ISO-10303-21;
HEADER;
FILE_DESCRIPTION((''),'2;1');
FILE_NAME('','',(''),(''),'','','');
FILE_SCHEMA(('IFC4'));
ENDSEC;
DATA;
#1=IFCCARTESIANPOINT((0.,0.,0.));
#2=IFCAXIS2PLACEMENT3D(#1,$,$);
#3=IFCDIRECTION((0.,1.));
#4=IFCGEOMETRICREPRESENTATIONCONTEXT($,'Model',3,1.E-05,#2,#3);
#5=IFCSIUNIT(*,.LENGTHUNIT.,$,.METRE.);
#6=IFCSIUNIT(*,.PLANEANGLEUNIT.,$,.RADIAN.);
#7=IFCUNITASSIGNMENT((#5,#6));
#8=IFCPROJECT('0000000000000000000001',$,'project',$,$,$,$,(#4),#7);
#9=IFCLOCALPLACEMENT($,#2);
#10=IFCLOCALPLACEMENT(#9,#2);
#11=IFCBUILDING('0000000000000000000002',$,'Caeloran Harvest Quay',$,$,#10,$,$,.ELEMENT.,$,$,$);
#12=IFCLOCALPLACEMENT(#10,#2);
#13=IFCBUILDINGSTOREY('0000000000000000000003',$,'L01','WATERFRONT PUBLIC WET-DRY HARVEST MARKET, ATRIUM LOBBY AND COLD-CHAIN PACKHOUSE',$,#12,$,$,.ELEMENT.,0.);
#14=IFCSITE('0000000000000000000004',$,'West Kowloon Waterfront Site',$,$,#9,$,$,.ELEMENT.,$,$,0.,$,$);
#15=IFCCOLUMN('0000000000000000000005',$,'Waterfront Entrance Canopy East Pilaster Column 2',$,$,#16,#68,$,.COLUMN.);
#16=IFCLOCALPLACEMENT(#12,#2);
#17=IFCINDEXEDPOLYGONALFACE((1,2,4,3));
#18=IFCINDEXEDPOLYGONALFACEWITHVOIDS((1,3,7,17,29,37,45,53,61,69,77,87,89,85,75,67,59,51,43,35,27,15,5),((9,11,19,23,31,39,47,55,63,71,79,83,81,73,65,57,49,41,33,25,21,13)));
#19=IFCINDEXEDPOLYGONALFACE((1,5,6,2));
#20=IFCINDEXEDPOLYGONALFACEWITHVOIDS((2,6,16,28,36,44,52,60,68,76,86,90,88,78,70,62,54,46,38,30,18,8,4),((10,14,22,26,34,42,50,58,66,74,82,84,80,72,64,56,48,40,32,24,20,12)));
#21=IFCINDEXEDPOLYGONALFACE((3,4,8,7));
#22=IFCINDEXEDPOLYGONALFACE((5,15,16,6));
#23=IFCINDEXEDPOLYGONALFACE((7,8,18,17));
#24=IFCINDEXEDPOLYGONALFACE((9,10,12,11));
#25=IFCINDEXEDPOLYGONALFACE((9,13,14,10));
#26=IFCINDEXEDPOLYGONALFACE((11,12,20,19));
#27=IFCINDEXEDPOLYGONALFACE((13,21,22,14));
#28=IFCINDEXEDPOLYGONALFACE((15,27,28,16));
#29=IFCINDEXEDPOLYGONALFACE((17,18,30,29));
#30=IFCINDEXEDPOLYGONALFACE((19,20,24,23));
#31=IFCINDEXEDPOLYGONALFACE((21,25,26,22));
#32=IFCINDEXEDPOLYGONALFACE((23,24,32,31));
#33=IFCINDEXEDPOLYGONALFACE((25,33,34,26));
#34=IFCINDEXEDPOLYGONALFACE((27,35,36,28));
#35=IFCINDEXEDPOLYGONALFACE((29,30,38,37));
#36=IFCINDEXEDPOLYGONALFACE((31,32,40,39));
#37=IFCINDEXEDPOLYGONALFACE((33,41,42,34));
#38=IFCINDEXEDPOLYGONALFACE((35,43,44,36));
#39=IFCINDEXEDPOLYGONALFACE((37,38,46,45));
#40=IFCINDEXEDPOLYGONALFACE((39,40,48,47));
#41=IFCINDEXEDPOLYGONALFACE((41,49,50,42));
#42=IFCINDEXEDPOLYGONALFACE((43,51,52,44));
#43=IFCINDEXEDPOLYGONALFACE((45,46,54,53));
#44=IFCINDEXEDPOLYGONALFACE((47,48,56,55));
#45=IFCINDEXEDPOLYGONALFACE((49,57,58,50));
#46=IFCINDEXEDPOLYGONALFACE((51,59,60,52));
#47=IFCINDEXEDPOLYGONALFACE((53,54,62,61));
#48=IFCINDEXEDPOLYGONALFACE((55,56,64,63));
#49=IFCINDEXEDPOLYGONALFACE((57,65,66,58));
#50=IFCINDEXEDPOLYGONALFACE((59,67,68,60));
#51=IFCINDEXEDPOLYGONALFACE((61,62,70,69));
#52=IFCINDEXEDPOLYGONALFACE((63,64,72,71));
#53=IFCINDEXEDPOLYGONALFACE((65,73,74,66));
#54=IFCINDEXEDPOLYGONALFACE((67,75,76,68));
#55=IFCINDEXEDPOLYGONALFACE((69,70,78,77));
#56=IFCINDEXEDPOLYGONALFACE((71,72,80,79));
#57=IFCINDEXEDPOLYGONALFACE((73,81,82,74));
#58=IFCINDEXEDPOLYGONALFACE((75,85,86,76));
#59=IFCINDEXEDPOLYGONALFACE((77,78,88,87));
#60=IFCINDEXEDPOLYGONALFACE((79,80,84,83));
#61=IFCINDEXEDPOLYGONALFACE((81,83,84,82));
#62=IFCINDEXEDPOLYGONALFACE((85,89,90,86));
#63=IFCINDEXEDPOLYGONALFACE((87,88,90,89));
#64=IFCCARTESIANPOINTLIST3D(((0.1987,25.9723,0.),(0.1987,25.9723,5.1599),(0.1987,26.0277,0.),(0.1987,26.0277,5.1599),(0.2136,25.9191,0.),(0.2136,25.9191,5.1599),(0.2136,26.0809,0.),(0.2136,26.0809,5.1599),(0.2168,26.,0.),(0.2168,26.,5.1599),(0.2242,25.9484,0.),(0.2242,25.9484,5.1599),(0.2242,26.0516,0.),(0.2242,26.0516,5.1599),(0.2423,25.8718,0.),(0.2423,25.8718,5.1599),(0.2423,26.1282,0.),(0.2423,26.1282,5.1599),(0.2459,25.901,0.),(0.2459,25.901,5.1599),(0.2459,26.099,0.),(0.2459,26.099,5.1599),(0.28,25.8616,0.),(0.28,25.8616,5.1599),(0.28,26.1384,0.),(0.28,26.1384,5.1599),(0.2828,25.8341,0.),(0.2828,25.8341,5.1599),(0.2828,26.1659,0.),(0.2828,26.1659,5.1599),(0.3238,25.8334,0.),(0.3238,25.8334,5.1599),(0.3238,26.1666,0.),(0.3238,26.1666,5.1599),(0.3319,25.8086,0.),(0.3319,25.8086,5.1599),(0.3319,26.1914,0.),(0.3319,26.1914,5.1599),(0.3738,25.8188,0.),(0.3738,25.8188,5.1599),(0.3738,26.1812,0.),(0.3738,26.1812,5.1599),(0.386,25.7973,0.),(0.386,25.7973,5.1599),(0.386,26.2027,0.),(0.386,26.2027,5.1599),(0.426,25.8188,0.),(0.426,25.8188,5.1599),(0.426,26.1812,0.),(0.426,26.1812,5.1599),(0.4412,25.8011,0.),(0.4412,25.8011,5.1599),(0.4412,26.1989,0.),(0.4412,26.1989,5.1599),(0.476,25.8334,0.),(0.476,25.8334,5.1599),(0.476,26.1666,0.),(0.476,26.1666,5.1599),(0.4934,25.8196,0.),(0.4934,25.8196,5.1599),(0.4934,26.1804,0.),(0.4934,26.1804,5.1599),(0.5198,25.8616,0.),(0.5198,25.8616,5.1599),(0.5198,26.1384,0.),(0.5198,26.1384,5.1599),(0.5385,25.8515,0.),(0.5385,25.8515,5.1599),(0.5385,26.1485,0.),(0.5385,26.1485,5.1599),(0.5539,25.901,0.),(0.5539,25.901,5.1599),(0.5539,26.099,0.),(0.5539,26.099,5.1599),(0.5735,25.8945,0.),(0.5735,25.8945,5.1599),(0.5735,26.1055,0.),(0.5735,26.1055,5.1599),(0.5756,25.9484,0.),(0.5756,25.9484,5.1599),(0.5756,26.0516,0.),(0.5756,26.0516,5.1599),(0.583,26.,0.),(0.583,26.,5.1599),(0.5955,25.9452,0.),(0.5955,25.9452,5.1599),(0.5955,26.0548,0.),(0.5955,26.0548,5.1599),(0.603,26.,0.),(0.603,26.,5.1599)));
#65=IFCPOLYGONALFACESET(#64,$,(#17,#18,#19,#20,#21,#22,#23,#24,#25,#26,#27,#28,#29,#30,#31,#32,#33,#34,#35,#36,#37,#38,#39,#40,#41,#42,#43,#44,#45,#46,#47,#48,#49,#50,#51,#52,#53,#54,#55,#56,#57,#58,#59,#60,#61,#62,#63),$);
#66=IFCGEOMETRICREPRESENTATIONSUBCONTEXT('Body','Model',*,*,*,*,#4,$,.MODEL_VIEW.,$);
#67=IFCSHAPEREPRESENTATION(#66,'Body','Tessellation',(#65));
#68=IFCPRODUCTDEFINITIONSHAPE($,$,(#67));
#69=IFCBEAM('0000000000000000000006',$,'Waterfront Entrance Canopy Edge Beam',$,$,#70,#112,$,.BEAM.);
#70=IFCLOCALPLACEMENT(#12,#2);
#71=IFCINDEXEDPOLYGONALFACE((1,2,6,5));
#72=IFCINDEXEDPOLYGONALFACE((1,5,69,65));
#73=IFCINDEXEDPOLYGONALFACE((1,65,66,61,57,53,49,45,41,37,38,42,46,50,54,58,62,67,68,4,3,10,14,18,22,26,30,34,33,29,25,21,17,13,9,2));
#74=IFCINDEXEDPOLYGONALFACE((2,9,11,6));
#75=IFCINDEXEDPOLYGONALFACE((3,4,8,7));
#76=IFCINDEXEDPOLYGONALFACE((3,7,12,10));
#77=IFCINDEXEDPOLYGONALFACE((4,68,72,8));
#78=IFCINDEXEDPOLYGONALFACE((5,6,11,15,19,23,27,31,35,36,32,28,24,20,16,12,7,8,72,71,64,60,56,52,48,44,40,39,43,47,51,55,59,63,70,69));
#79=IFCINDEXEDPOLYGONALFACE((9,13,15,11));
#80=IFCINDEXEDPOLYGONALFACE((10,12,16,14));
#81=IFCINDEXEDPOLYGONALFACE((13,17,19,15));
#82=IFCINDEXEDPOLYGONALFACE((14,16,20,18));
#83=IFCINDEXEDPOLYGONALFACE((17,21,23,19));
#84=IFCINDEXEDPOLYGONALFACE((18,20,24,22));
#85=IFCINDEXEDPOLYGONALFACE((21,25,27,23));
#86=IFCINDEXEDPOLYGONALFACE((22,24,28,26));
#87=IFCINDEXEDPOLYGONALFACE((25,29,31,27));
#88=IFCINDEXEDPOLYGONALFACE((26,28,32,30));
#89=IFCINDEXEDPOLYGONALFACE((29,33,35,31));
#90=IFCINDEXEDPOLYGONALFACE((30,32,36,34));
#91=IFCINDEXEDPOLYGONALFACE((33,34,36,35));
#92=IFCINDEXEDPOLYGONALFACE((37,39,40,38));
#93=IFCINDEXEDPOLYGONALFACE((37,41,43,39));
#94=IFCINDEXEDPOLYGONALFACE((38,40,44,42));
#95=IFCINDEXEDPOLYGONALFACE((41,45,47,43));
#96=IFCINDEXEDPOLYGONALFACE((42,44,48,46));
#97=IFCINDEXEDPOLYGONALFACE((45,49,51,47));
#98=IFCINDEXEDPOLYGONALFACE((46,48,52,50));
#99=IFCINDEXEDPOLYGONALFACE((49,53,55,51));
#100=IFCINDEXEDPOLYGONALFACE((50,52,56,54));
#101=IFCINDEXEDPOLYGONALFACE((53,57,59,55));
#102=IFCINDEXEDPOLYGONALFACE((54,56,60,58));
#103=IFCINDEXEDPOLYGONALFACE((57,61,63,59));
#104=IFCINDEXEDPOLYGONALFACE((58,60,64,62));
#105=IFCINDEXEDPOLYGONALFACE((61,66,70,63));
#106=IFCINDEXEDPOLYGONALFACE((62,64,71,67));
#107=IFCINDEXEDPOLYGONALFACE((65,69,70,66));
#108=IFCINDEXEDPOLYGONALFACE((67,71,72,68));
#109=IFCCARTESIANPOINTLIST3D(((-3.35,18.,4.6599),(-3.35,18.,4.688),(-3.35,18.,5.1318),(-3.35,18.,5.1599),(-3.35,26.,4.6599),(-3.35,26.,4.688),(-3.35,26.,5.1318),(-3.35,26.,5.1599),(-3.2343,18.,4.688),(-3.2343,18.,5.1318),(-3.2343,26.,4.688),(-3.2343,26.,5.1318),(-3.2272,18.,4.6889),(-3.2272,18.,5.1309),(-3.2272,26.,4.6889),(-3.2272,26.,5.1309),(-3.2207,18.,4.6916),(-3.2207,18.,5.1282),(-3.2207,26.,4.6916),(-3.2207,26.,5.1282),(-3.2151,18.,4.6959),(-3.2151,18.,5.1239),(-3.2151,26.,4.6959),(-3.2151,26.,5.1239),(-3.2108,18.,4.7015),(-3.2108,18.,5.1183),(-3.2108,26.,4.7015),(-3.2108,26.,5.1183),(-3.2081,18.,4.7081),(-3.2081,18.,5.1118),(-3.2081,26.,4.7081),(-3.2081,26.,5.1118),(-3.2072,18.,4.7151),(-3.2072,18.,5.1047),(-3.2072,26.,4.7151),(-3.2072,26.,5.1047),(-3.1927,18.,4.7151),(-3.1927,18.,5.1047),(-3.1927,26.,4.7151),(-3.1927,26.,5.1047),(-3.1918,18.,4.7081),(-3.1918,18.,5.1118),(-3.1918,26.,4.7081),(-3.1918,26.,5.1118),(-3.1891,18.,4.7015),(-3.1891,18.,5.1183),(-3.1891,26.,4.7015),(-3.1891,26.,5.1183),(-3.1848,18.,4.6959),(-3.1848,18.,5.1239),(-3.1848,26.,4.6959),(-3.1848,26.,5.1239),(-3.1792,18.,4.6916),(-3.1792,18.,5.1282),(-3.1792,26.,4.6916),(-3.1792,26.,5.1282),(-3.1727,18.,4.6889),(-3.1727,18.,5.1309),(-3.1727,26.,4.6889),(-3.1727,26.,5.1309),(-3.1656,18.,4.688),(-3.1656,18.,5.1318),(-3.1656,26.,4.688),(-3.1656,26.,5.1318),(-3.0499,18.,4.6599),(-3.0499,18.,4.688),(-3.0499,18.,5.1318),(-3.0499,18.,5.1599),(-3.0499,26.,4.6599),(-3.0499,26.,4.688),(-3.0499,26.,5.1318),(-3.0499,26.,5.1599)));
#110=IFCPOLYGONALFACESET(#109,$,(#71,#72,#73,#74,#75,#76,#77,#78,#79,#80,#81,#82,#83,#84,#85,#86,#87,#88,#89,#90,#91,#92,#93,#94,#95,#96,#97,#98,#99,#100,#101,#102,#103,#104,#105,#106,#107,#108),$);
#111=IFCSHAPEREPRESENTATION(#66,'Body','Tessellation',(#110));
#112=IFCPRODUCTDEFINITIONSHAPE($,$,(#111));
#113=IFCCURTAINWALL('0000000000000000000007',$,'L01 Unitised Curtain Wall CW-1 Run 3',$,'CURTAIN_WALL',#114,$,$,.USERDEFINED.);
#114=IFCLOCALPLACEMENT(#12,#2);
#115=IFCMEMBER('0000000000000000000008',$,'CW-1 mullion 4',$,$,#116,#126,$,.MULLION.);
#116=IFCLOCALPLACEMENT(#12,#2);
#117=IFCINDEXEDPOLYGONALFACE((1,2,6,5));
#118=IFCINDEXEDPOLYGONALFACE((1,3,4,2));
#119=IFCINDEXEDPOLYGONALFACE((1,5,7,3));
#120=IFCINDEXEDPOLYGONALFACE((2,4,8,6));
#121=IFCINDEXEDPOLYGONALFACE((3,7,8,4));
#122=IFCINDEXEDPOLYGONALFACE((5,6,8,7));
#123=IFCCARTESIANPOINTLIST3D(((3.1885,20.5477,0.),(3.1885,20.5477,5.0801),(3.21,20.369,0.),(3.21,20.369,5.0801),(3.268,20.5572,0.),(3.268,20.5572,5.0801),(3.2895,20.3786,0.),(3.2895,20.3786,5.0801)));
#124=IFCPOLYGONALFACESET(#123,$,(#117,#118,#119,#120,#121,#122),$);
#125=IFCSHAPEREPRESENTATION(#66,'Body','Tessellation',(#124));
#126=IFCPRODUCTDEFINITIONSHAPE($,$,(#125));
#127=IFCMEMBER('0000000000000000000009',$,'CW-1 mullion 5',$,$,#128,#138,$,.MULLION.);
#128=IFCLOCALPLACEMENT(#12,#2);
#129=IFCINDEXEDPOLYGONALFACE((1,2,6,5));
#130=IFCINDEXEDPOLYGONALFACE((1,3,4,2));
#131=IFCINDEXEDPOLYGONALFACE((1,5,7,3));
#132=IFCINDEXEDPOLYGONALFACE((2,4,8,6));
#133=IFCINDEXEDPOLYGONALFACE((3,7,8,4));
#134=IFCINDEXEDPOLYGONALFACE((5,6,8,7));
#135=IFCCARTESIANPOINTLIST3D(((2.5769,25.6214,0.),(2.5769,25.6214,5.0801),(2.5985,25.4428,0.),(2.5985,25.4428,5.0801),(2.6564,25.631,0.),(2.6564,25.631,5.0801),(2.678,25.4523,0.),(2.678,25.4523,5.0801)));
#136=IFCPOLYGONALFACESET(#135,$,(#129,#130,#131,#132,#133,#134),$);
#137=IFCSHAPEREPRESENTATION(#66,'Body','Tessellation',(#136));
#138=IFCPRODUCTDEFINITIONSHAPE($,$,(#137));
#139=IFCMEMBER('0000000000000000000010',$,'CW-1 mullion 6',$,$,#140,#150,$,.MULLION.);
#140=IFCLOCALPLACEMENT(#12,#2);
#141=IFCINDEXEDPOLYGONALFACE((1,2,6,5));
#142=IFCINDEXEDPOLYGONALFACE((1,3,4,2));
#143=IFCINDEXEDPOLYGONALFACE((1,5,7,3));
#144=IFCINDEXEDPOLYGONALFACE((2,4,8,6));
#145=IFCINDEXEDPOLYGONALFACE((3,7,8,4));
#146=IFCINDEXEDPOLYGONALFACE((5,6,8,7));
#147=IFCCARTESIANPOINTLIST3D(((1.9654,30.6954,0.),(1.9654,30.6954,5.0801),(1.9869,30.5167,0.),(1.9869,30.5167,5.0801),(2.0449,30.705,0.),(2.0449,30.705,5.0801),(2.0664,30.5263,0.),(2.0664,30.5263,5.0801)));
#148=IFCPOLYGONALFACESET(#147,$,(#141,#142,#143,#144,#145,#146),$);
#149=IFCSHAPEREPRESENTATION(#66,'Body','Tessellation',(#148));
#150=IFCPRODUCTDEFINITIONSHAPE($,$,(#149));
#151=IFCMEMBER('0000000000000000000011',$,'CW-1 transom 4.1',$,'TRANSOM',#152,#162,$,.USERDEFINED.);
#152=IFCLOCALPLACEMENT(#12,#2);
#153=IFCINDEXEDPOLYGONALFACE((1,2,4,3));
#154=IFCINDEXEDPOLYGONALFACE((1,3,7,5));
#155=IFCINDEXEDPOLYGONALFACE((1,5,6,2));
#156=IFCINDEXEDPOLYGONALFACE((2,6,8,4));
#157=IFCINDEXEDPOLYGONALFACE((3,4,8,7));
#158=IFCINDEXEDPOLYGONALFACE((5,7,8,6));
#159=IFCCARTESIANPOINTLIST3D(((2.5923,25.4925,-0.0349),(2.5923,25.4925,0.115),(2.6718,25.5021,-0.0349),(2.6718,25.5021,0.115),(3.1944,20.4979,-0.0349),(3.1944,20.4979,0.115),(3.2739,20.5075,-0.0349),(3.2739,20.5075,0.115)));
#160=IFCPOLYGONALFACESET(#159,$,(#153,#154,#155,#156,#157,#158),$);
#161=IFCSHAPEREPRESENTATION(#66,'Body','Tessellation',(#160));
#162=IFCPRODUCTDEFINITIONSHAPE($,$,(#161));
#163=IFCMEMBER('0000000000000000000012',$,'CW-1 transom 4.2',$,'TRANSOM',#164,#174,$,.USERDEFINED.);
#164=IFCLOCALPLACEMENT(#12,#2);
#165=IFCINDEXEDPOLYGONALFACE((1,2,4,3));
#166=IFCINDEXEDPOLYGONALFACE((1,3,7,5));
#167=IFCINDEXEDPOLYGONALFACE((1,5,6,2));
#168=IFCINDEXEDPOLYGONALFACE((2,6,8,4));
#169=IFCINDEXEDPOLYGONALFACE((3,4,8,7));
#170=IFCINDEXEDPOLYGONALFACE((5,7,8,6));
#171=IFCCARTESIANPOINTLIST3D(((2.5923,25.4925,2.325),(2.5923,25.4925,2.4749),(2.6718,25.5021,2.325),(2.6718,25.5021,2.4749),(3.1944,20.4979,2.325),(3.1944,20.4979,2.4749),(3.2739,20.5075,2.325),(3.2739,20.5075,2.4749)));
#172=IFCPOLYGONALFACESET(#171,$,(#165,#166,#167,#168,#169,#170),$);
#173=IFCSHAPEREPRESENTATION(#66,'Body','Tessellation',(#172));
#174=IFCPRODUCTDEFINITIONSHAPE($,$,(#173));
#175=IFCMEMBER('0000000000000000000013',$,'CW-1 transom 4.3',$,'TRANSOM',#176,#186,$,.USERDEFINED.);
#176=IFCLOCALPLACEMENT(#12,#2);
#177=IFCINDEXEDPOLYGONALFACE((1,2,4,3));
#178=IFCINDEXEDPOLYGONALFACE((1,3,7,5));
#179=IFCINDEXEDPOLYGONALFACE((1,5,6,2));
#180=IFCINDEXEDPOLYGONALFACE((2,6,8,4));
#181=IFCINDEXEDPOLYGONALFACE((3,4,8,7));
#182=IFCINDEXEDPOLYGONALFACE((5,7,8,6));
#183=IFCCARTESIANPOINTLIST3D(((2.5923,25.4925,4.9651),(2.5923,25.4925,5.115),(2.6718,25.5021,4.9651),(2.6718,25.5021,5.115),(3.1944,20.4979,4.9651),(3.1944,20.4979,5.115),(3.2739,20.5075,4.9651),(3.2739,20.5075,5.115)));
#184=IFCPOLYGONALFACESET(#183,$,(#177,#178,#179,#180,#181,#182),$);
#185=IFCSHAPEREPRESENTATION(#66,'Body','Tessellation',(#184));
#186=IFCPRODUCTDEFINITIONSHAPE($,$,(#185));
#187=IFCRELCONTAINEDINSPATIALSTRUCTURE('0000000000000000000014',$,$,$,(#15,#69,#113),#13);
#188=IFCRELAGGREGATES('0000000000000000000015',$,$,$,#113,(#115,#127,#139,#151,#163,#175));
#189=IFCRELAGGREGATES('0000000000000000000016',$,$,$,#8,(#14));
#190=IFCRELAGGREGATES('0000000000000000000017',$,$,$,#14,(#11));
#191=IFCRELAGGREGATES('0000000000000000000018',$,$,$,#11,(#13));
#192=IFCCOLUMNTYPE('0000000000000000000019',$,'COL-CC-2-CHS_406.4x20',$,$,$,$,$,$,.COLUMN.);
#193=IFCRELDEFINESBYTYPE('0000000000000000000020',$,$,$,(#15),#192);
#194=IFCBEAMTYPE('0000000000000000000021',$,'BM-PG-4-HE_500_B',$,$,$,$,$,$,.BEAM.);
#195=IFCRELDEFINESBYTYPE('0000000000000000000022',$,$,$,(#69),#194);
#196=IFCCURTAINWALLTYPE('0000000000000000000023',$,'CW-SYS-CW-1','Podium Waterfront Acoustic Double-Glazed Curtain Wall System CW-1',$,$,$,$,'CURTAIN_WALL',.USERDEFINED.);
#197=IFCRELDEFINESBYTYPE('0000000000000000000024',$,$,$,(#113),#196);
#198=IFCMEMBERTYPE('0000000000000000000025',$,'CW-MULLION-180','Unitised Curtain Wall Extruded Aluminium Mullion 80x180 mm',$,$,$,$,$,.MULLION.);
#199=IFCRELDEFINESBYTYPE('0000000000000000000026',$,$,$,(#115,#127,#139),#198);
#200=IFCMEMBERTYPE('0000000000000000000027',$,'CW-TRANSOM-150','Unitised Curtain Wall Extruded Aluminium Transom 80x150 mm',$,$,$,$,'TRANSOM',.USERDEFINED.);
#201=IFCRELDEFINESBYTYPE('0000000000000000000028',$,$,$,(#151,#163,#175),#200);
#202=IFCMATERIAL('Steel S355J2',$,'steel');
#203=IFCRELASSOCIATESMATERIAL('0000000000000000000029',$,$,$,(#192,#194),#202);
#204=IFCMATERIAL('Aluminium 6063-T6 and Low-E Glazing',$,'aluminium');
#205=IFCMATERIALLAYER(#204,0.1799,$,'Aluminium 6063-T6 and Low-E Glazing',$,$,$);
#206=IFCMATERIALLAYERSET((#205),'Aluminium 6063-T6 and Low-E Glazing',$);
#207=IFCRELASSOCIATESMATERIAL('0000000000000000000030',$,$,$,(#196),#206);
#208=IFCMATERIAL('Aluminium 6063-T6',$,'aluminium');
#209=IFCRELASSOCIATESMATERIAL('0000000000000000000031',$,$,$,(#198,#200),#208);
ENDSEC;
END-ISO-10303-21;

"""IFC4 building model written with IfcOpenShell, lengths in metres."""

from ifc_helpers import new_model, si_unit, direction, frame, origin, origin_2d, place, context, subcontext, project, spatial, rectangle, hollow_circle, i_section, extrude, material, layer, layer_set, material_profile, profile_set, type_object, element, aggregate, save


model = new_model("IFC4")

# Units and contexts
model_context = context("Model", 3, precision=1e-05, world=origin(), true_north=direction((0.0, 1.0)))
body_context = subcontext(model_context, "Body", "Model", "MODEL_VIEW")
ifc_project = project(units=[si_unit("LENGTHUNIT", "METRE"), si_unit("PLANEANGLEUNIT", "RADIAN")], contexts=[model_context])

# Site, building, storey
site_placement = place(None, origin())
site = spatial("IfcSite", under=ifc_project, at=site_placement, Name="West Kowloon Waterfront Site", CompositionType="ELEMENT", RefElevation=0.0)
building_placement = place(site_placement, origin())
building = spatial("IfcBuilding", under=site, at=building_placement, Name="Caeloran Harvest Quay", CompositionType="ELEMENT")
storey_placement = place(building_placement, origin())
storey = spatial("IfcBuildingStorey", under=building, at=storey_placement, Name="L01", Description="WATERFRONT PUBLIC WET-DRY HARVEST MARKET, ATRIUM LOBBY AND COLD-CHAIN PACKHOUSE", CompositionType="ELEMENT", Elevation=0.0)

# Column
ifc_material_1 = material(Name="Steel S355J2", Category="steel")
ifc_material_profile_1 = material_profile(ifc_material_1, hollow_circle(Radius=0.2031, WallThickness=0.02, at=origin_2d()), Name="CHS 406.4x20")
ifc_profile_set_1 = profile_set([ifc_material_profile_1], Name="Steel S355J2")
column_type = type_object("IfcColumnType", Name="COL-CC-2-CHS_406.4x20", PredefinedType="COLUMN", material=ifc_profile_set_1)
column_1_placement = place(storey_placement, frame((0.3999, 26.0, 0.0), z_axis=(0.0, 0.0, 1.0), x_axis=(1.0, 0.0, 0.0)))
element("IfcColumn", 1, at=column_1_placement, inside=storey, type_object=column_type, Name="Waterfront Entrance Canopy East Pilaster Column 2", PredefinedType="COLUMN", context=body_context, shape_type="SweptSolid", body=[
    extrude(hollow_circle(Radius=0.2031, WallThickness=0.02, at=origin_2d()), origin(), (0.0, 0.0, 1.0), 5.1599),
])

# Beam
ifc_material_profile_2 = material_profile(ifc_material_1, i_section(OverallWidth=0.3, OverallDepth=0.5, WebThickness=0.0144, FlangeThickness=0.0281, FilletRadius=0.0271, at=origin_2d()), Name="HE 500 B")
ifc_profile_set_2 = profile_set([ifc_material_profile_2], Name="Steel S355J2")
beam_type = type_object("IfcBeamType", Name="BM-PG-4-HE_500_B", PredefinedType="BEAM", material=ifc_profile_set_2)
beam_placement = place(storey_placement, frame((-3.2, 18.0, 4.9099), z_axis=(0.0, 1.0, 0.0), x_axis=(-1.0, 0.0, 0.0)))
element("IfcBeam", 2, at=beam_placement, inside=storey, type_object=beam_type, Name="Waterfront Entrance Canopy Edge Beam", PredefinedType="BEAM", context=body_context, shape_type="SweptSolid", body=[
    extrude(i_section(OverallWidth=0.3, OverallDepth=0.5, WebThickness=0.0144, FlangeThickness=0.0281, FilletRadius=0.0271, at=origin_2d()), origin(), (0.0, 0.0, 1.0), 8.0),
])

# Curtain wall, members
ifc_material_2 = material(Name="Aluminium 6063-T6 and Low-E Glazing", Category="aluminium")
ifc_layer_1 = layer(ifc_material_2, 0.1799, Name="Aluminium 6063-T6 and Low-E Glazing")
ifc_layer_set_1 = layer_set([ifc_layer_1], Name="Aluminium 6063-T6 and Low-E Glazing")
curtain_wall_type = type_object("IfcCurtainWallType", Name="CW-SYS-CW-1", Description="Podium Waterfront Acoustic Double-Glazed Curtain Wall System CW-1", ElementType="CURTAIN_WALL", PredefinedType="USERDEFINED", material=ifc_layer_set_1)
curtain_wall_placement = place(storey_placement, origin())
curtain_wall = element("IfcCurtainWall", 3, at=curtain_wall_placement, inside=storey, type_object=curtain_wall_type, Name="L01 Unitised Curtain Wall CW-1 Run 3", ObjectType="CURTAIN_WALL", PredefinedType="USERDEFINED")
ifc_material_3 = material(Name="Aluminium 6063-T6", Category="aluminium")
ifc_material_profile_3 = material_profile(ifc_material_3, rectangle(XDim=0.0801, YDim=0.1799, at=origin_2d()), Name="CW-MULLION-180")
ifc_profile_set_3 = profile_set([ifc_material_profile_3], Name="Aluminium 6063-T6")
member_type_1 = type_object("IfcMemberType", Name="CW-MULLION-180", Description="Unitised Curtain Wall Extruded Aluminium Mullion 80x180 mm", PredefinedType="MULLION", material=ifc_profile_set_3)
member_1_placement = place(storey_placement, frame((3.239, 20.4631, 0.0), z_axis=(0.0, 0.0, 1.0), x_axis=(-0.992815, -0.119658, 0.0)))
member_1 = element("IfcMember", 4, at=member_1_placement, type_object=member_type_1, Name="CW-1 mullion 4", PredefinedType="MULLION", context=body_context, shape_type="SweptSolid", body=[
    extrude(rectangle(XDim=0.0801, YDim=0.1799, at=origin_2d()), origin(), (0.0, 0.0, 1.0), 5.0801),
])
member_2_placement = place(storey_placement, frame((2.6274, 25.5369, 0.0), z_axis=(0.0, 0.0, 1.0), x_axis=(-0.992815, -0.119658, 0.0)))
member_2 = element("IfcMember", 5, at=member_2_placement, type_object=member_type_1, Name="CW-1 mullion 5", PredefinedType="MULLION", context=body_context, shape_type="SweptSolid", body=[
    extrude(rectangle(XDim=0.0801, YDim=0.1799, at=origin_2d()), origin(), (0.0, 0.0, 1.0), 5.0801),
])
member_3_placement = place(storey_placement, frame((2.0159, 30.6108, 0.0), z_axis=(0.0, 0.0, 1.0), x_axis=(-0.992815, -0.119658, 0.0)))
member_3 = element("IfcMember", 6, at=member_3_placement, type_object=member_type_1, Name="CW-1 mullion 6", PredefinedType="MULLION", context=body_context, shape_type="SweptSolid", body=[
    extrude(rectangle(XDim=0.0801, YDim=0.1799, at=origin_2d()), origin(), (0.0, 0.0, 1.0), 5.0801),
])
ifc_material_profile_4 = material_profile(ifc_material_3, rectangle(XDim=0.0801, YDim=0.1499, at=origin_2d()), Name="CW-TRANSOM-150")
ifc_profile_set_4 = profile_set([ifc_material_profile_4], Name="Aluminium 6063-T6")
member_type_2 = type_object("IfcMemberType", Name="CW-TRANSOM-150", Description="Unitised Curtain Wall Extruded Aluminium Transom 80x150 mm", ElementType="TRANSOM", PredefinedType="USERDEFINED", material=ifc_profile_set_4)
member_4_placement = place(storey_placement, frame((3.2341, 20.5027, 0.04), z_axis=(-0.119673, 0.992813, 0.0), x_axis=(-0.992813, -0.119673, 0.0)))
member_4 = element("IfcMember", 7, at=member_4_placement, type_object=member_type_2, Name="CW-1 transom 4.1", ObjectType="TRANSOM", PredefinedType="USERDEFINED", context=body_context, shape_type="SweptSolid", body=[
    extrude(rectangle(XDim=0.0801, YDim=0.1499, at=origin_2d()), origin(), (0.0, 0.0, 1.0), 5.0308),
])
member_5_placement = place(storey_placement, frame((3.2341, 20.5027, 2.3999), z_axis=(-0.119673, 0.992813, 0.0), x_axis=(-0.992813, -0.119673, 0.0)))
member_5 = element("IfcMember", 8, at=member_5_placement, type_object=member_type_2, Name="CW-1 transom 4.2", ObjectType="TRANSOM", PredefinedType="USERDEFINED", context=body_context, shape_type="SweptSolid", body=[
    extrude(rectangle(XDim=0.0801, YDim=0.1499, at=origin_2d()), origin(), (0.0, 0.0, 1.0), 5.0308),
])
member_6_placement = place(storey_placement, frame((3.2341, 20.5027, 5.04), z_axis=(-0.119673, 0.992813, 0.0), x_axis=(-0.992813, -0.119673, 0.0)))
member_6 = element("IfcMember", 9, at=member_6_placement, type_object=member_type_2, Name="CW-1 transom 4.3", ObjectType="TRANSOM", PredefinedType="USERDEFINED", context=body_context, shape_type="SweptSolid", body=[
    extrude(rectangle(XDim=0.0801, YDim=0.1499, at=origin_2d()), origin(), (0.0, 0.0, 1.0), 5.0308),
])
aggregate(curtain_wall, [member_1, member_2, member_3, member_4, member_5, member_6])

save(model, "model.ifc")
